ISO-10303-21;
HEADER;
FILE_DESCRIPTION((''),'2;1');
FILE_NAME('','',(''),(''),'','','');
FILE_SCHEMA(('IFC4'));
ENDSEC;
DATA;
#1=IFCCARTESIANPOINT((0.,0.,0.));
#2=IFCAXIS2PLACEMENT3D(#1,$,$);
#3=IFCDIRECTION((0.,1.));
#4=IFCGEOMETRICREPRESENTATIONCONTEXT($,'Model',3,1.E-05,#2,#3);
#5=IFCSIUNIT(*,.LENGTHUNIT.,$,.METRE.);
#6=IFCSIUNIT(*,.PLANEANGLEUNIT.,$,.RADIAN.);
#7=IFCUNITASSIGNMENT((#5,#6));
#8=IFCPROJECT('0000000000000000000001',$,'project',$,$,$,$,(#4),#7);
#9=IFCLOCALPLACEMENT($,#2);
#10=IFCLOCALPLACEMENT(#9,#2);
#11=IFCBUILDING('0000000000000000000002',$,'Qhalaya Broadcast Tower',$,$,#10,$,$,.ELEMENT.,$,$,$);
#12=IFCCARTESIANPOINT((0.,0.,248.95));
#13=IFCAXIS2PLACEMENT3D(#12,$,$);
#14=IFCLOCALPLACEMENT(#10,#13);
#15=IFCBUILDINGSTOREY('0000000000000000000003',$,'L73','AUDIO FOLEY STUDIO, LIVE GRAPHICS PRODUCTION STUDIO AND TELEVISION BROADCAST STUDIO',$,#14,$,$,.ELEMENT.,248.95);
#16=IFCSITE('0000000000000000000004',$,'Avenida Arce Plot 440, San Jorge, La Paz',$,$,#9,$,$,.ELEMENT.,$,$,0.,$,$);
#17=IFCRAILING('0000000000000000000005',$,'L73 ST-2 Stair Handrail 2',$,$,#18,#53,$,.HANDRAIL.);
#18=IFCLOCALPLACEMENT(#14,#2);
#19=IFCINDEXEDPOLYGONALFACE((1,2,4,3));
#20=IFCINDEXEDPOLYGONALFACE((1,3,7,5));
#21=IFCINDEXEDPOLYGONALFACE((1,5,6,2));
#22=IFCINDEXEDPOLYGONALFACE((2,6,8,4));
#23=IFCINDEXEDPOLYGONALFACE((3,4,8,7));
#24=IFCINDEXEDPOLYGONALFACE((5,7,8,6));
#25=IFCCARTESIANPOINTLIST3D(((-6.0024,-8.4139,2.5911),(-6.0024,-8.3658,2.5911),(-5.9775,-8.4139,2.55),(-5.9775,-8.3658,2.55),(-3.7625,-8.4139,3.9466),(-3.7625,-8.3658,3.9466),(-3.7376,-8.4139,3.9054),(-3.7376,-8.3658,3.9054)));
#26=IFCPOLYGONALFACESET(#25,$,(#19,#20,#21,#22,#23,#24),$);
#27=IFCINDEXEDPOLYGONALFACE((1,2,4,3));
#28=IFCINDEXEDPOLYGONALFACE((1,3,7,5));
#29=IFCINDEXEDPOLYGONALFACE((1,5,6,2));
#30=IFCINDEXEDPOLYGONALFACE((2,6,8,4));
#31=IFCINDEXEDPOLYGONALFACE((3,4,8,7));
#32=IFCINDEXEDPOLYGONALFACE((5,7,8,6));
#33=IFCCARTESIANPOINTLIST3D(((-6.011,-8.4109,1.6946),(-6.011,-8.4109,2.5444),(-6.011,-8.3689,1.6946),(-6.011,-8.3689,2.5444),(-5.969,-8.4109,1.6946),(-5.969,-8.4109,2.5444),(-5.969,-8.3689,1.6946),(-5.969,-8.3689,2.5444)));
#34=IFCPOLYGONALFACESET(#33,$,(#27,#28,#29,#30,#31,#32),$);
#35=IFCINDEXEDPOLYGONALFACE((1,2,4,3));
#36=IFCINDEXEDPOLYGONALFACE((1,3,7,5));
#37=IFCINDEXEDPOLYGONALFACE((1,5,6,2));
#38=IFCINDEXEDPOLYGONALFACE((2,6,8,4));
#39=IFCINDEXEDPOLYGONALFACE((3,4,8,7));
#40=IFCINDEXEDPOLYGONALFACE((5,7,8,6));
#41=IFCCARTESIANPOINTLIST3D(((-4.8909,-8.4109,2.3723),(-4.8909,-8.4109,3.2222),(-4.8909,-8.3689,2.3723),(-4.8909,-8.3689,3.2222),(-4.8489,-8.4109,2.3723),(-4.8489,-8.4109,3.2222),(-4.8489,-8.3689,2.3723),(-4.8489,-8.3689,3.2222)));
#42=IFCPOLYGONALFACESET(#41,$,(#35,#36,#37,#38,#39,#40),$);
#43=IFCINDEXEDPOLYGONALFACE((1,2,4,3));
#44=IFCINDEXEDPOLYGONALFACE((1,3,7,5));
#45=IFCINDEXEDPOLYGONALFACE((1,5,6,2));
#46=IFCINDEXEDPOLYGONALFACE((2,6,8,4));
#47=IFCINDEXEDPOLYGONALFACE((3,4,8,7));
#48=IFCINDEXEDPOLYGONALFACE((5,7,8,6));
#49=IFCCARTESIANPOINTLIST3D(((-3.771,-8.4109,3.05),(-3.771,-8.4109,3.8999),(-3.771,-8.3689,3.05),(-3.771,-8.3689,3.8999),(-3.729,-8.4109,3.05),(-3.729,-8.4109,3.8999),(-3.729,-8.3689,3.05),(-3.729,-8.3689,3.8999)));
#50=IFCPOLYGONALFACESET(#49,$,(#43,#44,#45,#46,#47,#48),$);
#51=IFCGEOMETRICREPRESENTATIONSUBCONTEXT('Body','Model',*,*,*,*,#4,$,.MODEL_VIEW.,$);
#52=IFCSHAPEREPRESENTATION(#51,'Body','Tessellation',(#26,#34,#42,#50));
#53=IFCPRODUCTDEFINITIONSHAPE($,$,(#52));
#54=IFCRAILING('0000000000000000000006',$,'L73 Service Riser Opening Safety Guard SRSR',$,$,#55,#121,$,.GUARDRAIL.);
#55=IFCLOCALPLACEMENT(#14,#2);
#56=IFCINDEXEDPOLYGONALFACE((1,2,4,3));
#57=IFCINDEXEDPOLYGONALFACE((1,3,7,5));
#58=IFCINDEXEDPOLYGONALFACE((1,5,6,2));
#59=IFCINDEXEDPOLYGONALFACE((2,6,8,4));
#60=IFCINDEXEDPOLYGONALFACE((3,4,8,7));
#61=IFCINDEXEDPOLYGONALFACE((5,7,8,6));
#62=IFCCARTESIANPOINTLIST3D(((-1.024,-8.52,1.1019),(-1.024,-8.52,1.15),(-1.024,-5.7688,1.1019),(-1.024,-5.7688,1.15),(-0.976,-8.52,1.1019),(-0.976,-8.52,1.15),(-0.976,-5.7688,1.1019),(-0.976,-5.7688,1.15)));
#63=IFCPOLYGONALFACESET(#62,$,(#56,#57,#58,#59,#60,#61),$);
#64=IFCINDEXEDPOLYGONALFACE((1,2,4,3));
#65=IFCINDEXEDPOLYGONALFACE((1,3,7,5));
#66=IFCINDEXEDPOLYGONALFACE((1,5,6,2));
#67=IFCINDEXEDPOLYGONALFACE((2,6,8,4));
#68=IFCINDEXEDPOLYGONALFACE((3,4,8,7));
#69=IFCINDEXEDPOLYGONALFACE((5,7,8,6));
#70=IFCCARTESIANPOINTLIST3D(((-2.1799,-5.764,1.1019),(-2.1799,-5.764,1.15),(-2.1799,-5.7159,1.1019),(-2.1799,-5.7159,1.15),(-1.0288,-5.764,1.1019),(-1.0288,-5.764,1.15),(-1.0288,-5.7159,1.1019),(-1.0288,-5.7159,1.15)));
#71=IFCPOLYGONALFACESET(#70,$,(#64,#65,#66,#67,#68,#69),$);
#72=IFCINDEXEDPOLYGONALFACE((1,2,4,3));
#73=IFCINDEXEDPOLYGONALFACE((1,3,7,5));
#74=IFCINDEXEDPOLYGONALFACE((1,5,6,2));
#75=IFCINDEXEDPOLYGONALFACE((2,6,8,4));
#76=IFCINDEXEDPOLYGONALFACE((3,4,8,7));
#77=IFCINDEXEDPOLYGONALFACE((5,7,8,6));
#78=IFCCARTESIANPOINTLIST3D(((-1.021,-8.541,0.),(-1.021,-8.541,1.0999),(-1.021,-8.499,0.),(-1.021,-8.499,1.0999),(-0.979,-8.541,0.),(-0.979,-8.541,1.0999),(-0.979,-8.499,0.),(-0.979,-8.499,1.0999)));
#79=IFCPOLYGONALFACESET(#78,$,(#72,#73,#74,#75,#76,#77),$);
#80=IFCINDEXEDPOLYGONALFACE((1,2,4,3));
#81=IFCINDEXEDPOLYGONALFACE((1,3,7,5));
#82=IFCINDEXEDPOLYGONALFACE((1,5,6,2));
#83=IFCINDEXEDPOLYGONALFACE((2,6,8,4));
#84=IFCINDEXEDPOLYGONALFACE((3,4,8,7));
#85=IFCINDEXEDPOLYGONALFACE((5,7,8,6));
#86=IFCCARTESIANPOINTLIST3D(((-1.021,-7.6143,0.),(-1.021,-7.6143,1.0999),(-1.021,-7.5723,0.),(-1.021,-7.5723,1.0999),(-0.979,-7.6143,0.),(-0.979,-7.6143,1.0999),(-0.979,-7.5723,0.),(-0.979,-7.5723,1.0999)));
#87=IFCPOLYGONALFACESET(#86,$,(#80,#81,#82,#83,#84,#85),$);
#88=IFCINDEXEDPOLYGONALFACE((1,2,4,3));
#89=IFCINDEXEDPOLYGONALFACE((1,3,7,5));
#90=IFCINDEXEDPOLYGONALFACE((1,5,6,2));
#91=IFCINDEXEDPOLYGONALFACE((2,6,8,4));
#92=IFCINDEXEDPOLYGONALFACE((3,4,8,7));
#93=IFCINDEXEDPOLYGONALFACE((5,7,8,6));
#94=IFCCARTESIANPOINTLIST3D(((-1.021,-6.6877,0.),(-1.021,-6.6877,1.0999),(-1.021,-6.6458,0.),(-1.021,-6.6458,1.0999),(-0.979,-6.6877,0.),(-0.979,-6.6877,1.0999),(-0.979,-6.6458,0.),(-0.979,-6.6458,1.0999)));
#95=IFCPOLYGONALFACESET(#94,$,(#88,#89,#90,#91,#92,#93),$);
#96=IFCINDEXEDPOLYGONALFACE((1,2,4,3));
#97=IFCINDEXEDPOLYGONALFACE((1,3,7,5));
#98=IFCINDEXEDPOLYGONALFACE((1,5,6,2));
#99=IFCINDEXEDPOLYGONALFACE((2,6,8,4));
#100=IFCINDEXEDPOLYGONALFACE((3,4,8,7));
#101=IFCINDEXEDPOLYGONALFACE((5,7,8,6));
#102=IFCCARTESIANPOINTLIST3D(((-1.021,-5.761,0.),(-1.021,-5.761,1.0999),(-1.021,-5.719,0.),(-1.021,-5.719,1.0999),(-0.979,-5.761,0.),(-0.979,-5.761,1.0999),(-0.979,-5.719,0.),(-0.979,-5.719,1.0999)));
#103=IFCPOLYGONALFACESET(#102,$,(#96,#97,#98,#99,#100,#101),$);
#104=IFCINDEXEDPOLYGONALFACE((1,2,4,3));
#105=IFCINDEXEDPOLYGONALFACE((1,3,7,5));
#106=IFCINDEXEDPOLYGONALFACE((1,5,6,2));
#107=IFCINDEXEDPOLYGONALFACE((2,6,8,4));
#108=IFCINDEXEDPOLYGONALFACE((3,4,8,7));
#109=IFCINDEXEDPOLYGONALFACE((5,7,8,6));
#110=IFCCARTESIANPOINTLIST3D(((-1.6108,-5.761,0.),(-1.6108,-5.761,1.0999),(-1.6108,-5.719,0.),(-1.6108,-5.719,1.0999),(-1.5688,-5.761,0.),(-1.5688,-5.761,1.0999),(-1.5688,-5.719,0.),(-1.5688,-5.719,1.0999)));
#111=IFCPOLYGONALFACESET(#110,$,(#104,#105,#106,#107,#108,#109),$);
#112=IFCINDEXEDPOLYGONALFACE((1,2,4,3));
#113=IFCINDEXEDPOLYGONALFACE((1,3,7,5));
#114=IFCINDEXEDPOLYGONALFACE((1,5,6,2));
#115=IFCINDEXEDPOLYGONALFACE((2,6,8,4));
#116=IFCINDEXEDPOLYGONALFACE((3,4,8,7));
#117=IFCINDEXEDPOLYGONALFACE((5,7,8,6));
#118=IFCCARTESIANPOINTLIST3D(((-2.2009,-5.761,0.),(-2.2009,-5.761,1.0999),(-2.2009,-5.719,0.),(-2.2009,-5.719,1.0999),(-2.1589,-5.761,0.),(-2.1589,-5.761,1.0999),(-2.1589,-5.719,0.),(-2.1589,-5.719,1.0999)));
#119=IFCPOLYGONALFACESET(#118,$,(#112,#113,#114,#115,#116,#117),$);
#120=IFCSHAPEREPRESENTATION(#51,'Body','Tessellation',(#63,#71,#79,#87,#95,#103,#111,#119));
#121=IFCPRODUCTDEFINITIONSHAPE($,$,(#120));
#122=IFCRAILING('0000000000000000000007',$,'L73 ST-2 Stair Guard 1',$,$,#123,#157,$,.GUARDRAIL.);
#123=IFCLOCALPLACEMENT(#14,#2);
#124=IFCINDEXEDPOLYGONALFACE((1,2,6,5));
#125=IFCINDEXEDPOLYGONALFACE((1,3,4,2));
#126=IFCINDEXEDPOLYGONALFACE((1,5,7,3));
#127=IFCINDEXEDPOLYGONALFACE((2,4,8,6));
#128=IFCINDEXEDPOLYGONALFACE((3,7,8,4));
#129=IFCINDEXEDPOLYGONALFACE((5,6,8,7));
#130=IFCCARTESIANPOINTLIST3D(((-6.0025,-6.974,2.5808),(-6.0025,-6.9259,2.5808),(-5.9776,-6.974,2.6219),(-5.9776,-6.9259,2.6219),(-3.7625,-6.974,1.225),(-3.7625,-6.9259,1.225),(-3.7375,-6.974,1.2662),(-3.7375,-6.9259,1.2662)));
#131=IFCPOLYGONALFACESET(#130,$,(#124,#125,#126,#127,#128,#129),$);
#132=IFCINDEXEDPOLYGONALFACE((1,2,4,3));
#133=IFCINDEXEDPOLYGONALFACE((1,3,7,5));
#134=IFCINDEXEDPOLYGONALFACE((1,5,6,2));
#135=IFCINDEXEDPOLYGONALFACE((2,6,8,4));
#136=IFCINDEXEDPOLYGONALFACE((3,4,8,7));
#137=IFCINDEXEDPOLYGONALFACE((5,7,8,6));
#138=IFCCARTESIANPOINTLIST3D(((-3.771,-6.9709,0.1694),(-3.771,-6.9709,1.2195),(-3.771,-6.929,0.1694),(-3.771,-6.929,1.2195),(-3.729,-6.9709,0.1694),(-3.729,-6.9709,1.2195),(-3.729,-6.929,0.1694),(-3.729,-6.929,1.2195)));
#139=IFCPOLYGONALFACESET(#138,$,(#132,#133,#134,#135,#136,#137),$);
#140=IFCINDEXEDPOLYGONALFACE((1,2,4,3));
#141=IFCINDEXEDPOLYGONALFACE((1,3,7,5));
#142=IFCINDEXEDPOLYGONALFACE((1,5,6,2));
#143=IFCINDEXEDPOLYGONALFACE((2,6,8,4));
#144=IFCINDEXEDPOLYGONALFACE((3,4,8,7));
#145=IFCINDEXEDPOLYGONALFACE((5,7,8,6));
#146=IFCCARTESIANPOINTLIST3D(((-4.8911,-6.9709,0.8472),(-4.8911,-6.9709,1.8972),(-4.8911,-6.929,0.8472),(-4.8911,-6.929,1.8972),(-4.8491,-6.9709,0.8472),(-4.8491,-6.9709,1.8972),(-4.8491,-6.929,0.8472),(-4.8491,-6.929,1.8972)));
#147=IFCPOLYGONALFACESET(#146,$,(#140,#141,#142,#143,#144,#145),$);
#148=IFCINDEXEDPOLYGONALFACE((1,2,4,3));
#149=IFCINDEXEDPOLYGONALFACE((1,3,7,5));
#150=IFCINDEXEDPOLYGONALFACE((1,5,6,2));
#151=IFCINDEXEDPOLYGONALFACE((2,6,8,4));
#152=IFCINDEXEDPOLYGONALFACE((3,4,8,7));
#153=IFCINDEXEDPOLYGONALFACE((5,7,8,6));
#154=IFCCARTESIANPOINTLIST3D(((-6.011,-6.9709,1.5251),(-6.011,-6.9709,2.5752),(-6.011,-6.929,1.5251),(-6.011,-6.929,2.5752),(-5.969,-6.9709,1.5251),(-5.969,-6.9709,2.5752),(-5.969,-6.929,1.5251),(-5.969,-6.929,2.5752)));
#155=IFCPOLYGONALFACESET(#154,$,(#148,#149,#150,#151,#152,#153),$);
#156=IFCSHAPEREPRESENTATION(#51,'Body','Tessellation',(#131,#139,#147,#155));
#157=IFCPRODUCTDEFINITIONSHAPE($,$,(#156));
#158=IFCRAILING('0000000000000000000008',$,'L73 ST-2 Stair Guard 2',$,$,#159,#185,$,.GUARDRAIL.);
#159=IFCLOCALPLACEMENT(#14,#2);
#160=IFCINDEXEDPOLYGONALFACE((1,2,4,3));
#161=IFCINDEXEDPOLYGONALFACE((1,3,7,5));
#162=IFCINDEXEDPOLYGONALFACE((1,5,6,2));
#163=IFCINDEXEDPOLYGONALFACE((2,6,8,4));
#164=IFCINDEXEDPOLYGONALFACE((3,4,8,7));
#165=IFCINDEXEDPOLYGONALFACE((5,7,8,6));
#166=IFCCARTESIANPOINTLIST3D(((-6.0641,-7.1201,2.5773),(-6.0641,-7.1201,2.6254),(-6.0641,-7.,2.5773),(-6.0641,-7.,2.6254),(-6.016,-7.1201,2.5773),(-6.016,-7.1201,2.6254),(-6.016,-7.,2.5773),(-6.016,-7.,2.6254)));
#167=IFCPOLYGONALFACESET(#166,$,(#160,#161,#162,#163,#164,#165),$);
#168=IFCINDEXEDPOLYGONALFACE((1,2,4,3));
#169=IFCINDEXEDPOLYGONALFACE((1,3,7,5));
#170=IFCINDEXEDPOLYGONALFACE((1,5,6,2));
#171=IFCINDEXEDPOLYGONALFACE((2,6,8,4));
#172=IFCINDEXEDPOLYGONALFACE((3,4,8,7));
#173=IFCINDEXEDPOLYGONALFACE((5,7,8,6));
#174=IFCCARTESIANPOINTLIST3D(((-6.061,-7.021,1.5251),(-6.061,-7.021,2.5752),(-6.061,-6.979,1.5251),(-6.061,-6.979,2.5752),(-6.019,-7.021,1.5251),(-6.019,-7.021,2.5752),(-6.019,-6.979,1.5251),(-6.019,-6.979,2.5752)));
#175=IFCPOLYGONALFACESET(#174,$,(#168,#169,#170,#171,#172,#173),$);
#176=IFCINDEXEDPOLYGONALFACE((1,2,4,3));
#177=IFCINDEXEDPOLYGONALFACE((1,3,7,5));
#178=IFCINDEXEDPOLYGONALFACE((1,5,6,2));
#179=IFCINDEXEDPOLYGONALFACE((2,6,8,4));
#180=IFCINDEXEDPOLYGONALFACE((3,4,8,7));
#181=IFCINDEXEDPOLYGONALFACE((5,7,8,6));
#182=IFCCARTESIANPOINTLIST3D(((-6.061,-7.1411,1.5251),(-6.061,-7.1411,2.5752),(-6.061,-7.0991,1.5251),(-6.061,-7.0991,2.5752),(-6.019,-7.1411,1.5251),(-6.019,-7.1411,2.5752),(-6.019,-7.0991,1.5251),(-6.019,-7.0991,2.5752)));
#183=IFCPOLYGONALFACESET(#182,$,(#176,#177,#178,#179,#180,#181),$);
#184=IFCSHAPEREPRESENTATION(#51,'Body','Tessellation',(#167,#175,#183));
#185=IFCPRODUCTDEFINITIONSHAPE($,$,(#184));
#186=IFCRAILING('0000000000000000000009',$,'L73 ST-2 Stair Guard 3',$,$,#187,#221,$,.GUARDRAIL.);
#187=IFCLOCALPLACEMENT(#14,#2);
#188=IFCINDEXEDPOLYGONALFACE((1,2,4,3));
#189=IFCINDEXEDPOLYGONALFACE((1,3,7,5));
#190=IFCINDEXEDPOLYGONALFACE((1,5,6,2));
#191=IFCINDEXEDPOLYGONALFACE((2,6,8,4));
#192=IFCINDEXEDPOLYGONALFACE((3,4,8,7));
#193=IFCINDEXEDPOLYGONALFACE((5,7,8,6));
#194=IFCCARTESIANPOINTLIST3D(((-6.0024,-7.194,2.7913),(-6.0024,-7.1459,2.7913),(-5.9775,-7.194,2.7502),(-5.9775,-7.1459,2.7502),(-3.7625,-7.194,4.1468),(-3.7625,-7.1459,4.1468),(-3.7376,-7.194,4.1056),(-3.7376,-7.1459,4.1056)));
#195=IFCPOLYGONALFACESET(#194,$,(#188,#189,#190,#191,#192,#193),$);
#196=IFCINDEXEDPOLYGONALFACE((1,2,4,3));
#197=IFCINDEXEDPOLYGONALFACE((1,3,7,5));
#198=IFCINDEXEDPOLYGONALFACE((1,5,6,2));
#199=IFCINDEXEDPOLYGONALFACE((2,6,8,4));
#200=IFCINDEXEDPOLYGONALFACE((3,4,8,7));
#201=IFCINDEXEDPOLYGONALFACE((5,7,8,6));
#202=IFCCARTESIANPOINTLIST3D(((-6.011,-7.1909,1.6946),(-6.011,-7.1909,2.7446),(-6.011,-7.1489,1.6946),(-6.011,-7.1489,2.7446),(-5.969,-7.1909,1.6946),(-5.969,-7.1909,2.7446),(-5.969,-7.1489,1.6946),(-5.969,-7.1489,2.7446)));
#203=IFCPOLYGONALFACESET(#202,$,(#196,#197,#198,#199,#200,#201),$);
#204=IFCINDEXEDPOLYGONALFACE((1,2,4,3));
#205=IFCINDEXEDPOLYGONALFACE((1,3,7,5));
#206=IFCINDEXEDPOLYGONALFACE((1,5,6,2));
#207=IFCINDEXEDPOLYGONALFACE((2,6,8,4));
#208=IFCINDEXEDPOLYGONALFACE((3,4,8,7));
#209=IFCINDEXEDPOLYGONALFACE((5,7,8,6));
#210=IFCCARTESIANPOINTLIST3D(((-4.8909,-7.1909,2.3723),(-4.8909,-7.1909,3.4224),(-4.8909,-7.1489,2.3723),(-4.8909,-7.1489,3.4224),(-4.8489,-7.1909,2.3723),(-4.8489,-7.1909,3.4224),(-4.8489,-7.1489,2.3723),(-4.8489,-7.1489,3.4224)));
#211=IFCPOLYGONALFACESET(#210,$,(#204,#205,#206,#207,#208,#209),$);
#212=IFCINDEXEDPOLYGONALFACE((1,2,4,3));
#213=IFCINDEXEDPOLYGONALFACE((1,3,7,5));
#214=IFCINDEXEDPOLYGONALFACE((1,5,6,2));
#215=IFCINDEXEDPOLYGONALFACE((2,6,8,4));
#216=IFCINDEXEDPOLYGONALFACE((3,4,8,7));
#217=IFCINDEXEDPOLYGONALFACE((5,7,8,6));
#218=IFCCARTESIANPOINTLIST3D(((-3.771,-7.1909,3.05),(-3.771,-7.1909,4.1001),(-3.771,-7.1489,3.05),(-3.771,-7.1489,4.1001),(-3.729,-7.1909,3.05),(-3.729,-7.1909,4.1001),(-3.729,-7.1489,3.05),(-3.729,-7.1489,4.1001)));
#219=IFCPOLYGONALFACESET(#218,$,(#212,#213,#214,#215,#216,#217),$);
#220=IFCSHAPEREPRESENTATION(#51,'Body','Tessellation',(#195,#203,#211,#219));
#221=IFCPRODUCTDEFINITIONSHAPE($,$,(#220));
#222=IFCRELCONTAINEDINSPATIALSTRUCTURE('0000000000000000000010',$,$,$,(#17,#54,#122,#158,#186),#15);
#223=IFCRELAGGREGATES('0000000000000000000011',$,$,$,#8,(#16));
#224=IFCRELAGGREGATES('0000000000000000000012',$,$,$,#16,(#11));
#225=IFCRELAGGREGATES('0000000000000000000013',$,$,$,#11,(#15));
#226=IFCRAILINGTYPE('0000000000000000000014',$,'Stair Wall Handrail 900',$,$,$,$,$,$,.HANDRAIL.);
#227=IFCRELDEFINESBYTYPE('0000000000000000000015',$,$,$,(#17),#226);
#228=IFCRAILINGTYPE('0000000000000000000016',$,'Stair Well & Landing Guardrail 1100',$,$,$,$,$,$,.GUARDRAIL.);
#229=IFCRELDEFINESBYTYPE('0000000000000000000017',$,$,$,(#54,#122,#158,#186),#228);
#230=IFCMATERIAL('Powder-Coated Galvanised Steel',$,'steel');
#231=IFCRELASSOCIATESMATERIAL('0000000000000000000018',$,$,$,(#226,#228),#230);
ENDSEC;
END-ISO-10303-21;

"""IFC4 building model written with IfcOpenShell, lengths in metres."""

from ifc_helpers import new_model, si_unit, direction, frame, origin, origin_2d, place, context, subcontext, project, spatial, rectangle, extrude, material, type_object, element, save


model = new_model("IFC4")

# Units and contexts
model_context = context("Model", 3, precision=1e-05, world=origin(), true_north=direction((0.0, 1.0)))
body_context = subcontext(model_context, "Body", "Model", "MODEL_VIEW")
ifc_project = project(units=[si_unit("LENGTHUNIT", "METRE"), si_unit("PLANEANGLEUNIT", "RADIAN")], contexts=[model_context])

# Site, building, storey
site_placement = place(None, origin())
site = spatial("IfcSite", under=ifc_project, at=site_placement, Name="Avenida Arce Plot 440, San Jorge, La Paz", CompositionType="ELEMENT", RefElevation=0.0)
building_placement = place(site_placement, origin())
building = spatial("IfcBuilding", under=site, at=building_placement, Name="Qhalaya Broadcast Tower", CompositionType="ELEMENT")
storey_placement = place(building_placement, frame((0.0, 0.0, 248.95)))
storey = spatial("IfcBuildingStorey", under=building, at=storey_placement, Name="L73", Description="AUDIO FOLEY STUDIO, LIVE GRAPHICS PRODUCTION STUDIO AND TELEVISION BROADCAST STUDIO", CompositionType="ELEMENT", Elevation=248.95)

# Railings
ifc_material_1 = material(Name="Powder-Coated Galvanised Steel", Category="steel")
railing_type_1 = type_object("IfcRailingType", Name="Stair Wall Handrail 900", PredefinedType="HANDRAIL", material=ifc_material_1)
railing_1_placement = place(storey_placement, frame((-5.99, -8.3899, 1.6946)))
element("IfcRailing", 1, at=railing_1_placement, inside=storey, type_object=railing_type_1, Name="L73 ST-2 Stair Handrail 2", PredefinedType="HANDRAIL", context=body_context, shape_type="SweptSolid", body=[
    extrude(rectangle(XDim=0.0481, YDim=0.0481, at=origin_2d()), frame((0.0, 0.0, 0.876), z_axis=(0.855553, 0.0, 0.517715), x_axis=(0.0, 1.0, 0.0)), (0.0, 0.0, 1.0), 2.6182),
    extrude(rectangle(XDim=0.042, YDim=0.042, at=origin_2d()), origin(), (0.0, 0.0, 1.0), 0.8499),
    extrude(rectangle(XDim=0.042, YDim=0.042, at=origin_2d()), frame((1.1201, 0.0, 0.6777)), (0.0, 0.0, 1.0), 0.8499),
    extrude(rectangle(XDim=0.042, YDim=0.042, at=origin_2d()), frame((2.24, 0.0, 1.3555)), (0.0, 0.0, 1.0), 0.8499),
])
railing_type_2 = type_object("IfcRailingType", Name="Stair Well & Landing Guardrail 1100", PredefinedType="GUARDRAIL", material=ifc_material_1)
railing_2_placement = place(storey_placement, frame((-1.0, -8.52, 0.0)))
element("IfcRailing", 2, at=railing_2_placement, inside=storey, type_object=railing_type_2, Name="L73 Service Riser Opening Safety Guard SRSR", PredefinedType="GUARDRAIL", context=body_context, shape_type="SweptSolid", body=[
    extrude(rectangle(XDim=0.0481, YDim=0.0481, at=origin_2d()), frame((0.0, 0.0, 1.126), z_axis=(0.0, 1.0, 0.0), x_axis=(-1.0, 0.0, 0.0)), (0.0, 0.0, 1.0), 2.7512),
    extrude(rectangle(XDim=0.0481, YDim=0.0481, at=origin_2d()), frame((-0.0288, 2.78, 1.126), z_axis=(-1.0, 0.0, 0.0), x_axis=(0.0, -1.0, 0.0)), (0.0, 0.0, 1.0), 1.1511),
    extrude(rectangle(XDim=0.042, YDim=0.042, at=origin_2d()), origin(), (0.0, 0.0, 1.0), 1.0999),
    extrude(rectangle(XDim=0.042, YDim=0.042, at=origin_2d()), frame((0.0, 0.9268, 0.0)), (0.0, 0.0, 1.0), 1.0999),
    extrude(rectangle(XDim=0.042, YDim=0.042, at=origin_2d()), frame((0.0, 1.8533, 0.0)), (0.0, 0.0, 1.0), 1.0999),
    extrude(rectangle(XDim=0.042, YDim=0.042, at=origin_2d()), frame((0.0, 2.78, 0.0)), (0.0, 0.0, 1.0), 1.0999),
    extrude(rectangle(XDim=0.042, YDim=0.042, at=origin_2d()), frame((-0.5898, 2.78, 0.0)), (0.0, 0.0, 1.0), 1.0999),
    extrude(rectangle(XDim=0.042, YDim=0.042, at=origin_2d()), frame((-1.1799, 2.78, 0.0)), (0.0, 0.0, 1.0), 1.0999),
])
railing_3_placement = place(storey_placement, frame((-3.75, -6.95, 0.1694)))
element("IfcRailing", 3, at=railing_3_placement, inside=storey, type_object=railing_type_2, Name="L73 ST-2 Stair Guard 1", PredefinedType="GUARDRAIL", context=body_context, shape_type="SweptSolid", body=[
    extrude(rectangle(XDim=0.0481, YDim=0.0481, at=origin_2d()), frame((0.0, 0.0, 1.0762), z_axis=(-0.855512, 0.0, 0.517783), x_axis=(0.0, -1.0, 0.0)), (0.0, 0.0, 1.0), 2.6184),
    extrude(rectangle(XDim=0.042, YDim=0.042, at=origin_2d()), origin(), (0.0, 0.0, 1.0), 1.05),
    extrude(rectangle(XDim=0.042, YDim=0.042, at=origin_2d()), frame((-1.1201, 0.0, 0.6777)), (0.0, 0.0, 1.0), 1.05),
    extrude(rectangle(XDim=0.042, YDim=0.042, at=origin_2d()), frame((-2.24, 0.0, 1.3557)), (0.0, 0.0, 1.0), 1.05),
])
railing_4_placement = place(storey_placement, frame((-6.04, -7.0, 1.5251)))
element("IfcRailing", 4, at=railing_4_placement, inside=storey, type_object=railing_type_2, Name="L73 ST-2 Stair Guard 2", PredefinedType="GUARDRAIL", context=body_context, shape_type="SweptSolid", body=[
    extrude(rectangle(XDim=0.0481, YDim=0.0481, at=origin_2d()), frame((0.0, 0.0, 1.0762), z_axis=(0.0, -1.0, 0.0), x_axis=(1.0, 0.0, 0.0)), (0.0, 0.0, 1.0), 0.1201),
    extrude(rectangle(XDim=0.042, YDim=0.042, at=origin_2d()), origin(), (0.0, 0.0, 1.0), 1.05),
    extrude(rectangle(XDim=0.042, YDim=0.042, at=origin_2d()), frame((0.0, -0.1201, 0.0)), (0.0, 0.0, 1.0), 1.05),
])
railing_5_placement = place(storey_placement, frame((-5.99, -7.1699, 1.6946)))
element("IfcRailing", 5, at=railing_5_placement, inside=storey, type_object=railing_type_2, Name="L73 ST-2 Stair Guard 3", PredefinedType="GUARDRAIL", context=body_context, shape_type="SweptSolid", body=[
    extrude(rectangle(XDim=0.0481, YDim=0.0481, at=origin_2d()), frame((0.0, 0.0, 1.0762), z_axis=(0.855553, 0.0, 0.517715), x_axis=(0.0, 1.0, 0.0)), (0.0, 0.0, 1.0), 2.6182),
    extrude(rectangle(XDim=0.042, YDim=0.042, at=origin_2d()), origin(), (0.0, 0.0, 1.0), 1.05),
    extrude(rectangle(XDim=0.042, YDim=0.042, at=origin_2d()), frame((1.1201, 0.0, 0.6777)), (0.0, 0.0, 1.0), 1.05),
    extrude(rectangle(XDim=0.042, YDim=0.042, at=origin_2d()), frame((2.24, 0.0, 1.3555)), (0.0, 0.0, 1.0), 1.05),
])

save(model, "model.ifc")
